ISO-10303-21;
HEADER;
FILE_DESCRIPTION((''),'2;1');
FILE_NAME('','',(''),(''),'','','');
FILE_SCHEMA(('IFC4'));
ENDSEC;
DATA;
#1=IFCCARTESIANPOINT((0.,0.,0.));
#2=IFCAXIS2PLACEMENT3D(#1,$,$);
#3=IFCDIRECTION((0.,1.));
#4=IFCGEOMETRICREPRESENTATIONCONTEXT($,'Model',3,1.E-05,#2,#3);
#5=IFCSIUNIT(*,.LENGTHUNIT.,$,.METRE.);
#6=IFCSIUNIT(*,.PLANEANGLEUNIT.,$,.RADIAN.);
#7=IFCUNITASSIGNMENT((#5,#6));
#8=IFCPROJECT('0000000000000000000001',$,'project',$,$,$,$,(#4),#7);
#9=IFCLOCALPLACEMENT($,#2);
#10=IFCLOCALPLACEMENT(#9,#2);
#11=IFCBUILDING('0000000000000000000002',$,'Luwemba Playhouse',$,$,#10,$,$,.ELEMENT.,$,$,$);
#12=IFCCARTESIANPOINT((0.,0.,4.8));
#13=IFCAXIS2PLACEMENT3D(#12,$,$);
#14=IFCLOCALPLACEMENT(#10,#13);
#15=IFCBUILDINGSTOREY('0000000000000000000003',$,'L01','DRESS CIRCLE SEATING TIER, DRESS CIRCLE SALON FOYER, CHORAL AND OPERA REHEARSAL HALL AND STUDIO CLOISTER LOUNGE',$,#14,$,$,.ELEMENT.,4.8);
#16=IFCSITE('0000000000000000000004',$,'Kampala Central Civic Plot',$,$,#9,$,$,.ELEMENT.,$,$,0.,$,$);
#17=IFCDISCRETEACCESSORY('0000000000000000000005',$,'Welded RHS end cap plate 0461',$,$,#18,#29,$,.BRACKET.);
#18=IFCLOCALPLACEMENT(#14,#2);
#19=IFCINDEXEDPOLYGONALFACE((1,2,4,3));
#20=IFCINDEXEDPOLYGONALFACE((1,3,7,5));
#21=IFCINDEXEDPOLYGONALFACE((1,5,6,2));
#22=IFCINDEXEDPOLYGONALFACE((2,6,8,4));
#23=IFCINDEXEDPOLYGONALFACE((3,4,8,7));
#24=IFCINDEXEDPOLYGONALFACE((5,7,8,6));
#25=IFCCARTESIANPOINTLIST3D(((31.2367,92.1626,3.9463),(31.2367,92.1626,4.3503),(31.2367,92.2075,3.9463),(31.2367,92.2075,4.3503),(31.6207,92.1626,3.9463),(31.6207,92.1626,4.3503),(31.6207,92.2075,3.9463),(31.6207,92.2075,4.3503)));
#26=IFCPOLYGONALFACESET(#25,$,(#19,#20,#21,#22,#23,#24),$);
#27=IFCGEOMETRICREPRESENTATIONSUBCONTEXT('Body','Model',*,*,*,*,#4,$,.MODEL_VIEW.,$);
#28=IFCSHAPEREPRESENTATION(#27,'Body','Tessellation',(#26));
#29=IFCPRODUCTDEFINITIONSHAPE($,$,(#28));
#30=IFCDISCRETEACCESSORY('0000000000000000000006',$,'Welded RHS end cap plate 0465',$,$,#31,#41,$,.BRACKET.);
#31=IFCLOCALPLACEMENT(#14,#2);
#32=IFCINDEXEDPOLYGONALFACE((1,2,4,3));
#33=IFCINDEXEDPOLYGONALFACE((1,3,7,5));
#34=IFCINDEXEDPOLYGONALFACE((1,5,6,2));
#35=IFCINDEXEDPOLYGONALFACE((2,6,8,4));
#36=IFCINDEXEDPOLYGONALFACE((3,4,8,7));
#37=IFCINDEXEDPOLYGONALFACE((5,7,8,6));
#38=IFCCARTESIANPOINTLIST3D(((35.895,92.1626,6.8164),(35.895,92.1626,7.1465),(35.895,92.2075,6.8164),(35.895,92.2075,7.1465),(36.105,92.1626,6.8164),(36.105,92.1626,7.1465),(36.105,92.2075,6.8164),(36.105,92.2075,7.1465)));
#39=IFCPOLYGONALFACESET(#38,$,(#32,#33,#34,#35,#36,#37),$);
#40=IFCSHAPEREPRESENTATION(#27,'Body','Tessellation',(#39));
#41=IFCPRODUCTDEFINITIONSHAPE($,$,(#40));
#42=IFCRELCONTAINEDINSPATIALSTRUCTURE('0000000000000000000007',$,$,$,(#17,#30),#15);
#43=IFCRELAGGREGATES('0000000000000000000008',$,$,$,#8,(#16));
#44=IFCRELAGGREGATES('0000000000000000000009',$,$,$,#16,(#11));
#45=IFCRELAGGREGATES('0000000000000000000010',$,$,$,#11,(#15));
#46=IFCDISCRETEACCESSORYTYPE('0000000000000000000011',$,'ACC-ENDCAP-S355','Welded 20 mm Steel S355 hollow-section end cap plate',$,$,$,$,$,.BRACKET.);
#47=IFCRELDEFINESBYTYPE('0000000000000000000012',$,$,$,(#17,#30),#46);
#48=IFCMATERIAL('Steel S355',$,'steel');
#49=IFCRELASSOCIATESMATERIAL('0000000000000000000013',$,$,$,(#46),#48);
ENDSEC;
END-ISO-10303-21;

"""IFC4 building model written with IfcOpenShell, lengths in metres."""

from ifc_helpers import new_model, si_unit, direction, frame, origin, origin_2d, place, context, subcontext, project, spatial, rectangle, extrude, material, type_object, element, save


model = new_model("IFC4")

# Units and contexts
model_context = context("Model", 3, precision=1e-05, world=origin(), true_north=direction((0.0, 1.0)))
body_context = subcontext(model_context, "Body", "Model", "MODEL_VIEW")
ifc_project = project(units=[si_unit("LENGTHUNIT", "METRE"), si_unit("PLANEANGLEUNIT", "RADIAN")], contexts=[model_context])

# Site, building, storey
site_placement = place(None, origin())
site = spatial("IfcSite", under=ifc_project, at=site_placement, Name="Kampala Central Civic Plot", CompositionType="ELEMENT", RefElevation=0.0)
building_placement = place(site_placement, origin())
building = spatial("IfcBuilding", under=site, at=building_placement, Name="Luwemba Playhouse", CompositionType="ELEMENT")
storey_placement = place(building_placement, frame((0.0, 0.0, 4.8)))
storey = spatial("IfcBuildingStorey", under=building, at=storey_placement, Name="L01", Description="DRESS CIRCLE SEATING TIER, DRESS CIRCLE SALON FOYER, CHORAL AND OPERA REHEARSAL HALL AND STUDIO CLOISTER LOUNGE", CompositionType="ELEMENT", Elevation=4.8)

# Shared definitions
ifc_material_1 = material(Name="Steel S355", Category="steel")

# Discrete accessories
discrete_accessory_type = type_object("IfcDiscreteAccessoryType", Name="ACC-ENDCAP-S355", Description="Welded 20 mm Steel S355 hollow-section end cap plate", PredefinedType="BRACKET", material=ifc_material_1)
discrete_accessory_1_placement = place(storey_placement, frame((31.4287, 92.1851, 3.9463), z_axis=(0.0, 0.0, 1.0), x_axis=(1.0, 0.0, 0.0)))
element("IfcDiscreteAccessory", 1, at=discrete_accessory_1_placement, inside=storey, type_object=discrete_accessory_type, Name="Welded RHS end cap plate 0461", PredefinedType="BRACKET", context=body_context, shape_type="SweptSolid", body=[
    extrude(rectangle(XDim=0.384, YDim=0.0449, at=origin_2d()), origin(), (0.0, 0.0, 1.0), 0.4041),
])
discrete_accessory_2_placement = place(storey_placement, frame((36.0, 92.1851, 6.8164), z_axis=(0.0, 0.0, 1.0), x_axis=(1.0, 0.0, 0.0)))
element("IfcDiscreteAccessory", 2, at=discrete_accessory_2_placement, inside=storey, type_object=discrete_accessory_type, Name="Welded RHS end cap plate 0465", PredefinedType="BRACKET", context=body_context, shape_type="SweptSolid", body=[
    extrude(rectangle(XDim=0.21, YDim=0.0449, at=origin_2d()), origin(), (0.0, 0.0, 1.0), 0.3301),
])

save(model, "model.ifc")
